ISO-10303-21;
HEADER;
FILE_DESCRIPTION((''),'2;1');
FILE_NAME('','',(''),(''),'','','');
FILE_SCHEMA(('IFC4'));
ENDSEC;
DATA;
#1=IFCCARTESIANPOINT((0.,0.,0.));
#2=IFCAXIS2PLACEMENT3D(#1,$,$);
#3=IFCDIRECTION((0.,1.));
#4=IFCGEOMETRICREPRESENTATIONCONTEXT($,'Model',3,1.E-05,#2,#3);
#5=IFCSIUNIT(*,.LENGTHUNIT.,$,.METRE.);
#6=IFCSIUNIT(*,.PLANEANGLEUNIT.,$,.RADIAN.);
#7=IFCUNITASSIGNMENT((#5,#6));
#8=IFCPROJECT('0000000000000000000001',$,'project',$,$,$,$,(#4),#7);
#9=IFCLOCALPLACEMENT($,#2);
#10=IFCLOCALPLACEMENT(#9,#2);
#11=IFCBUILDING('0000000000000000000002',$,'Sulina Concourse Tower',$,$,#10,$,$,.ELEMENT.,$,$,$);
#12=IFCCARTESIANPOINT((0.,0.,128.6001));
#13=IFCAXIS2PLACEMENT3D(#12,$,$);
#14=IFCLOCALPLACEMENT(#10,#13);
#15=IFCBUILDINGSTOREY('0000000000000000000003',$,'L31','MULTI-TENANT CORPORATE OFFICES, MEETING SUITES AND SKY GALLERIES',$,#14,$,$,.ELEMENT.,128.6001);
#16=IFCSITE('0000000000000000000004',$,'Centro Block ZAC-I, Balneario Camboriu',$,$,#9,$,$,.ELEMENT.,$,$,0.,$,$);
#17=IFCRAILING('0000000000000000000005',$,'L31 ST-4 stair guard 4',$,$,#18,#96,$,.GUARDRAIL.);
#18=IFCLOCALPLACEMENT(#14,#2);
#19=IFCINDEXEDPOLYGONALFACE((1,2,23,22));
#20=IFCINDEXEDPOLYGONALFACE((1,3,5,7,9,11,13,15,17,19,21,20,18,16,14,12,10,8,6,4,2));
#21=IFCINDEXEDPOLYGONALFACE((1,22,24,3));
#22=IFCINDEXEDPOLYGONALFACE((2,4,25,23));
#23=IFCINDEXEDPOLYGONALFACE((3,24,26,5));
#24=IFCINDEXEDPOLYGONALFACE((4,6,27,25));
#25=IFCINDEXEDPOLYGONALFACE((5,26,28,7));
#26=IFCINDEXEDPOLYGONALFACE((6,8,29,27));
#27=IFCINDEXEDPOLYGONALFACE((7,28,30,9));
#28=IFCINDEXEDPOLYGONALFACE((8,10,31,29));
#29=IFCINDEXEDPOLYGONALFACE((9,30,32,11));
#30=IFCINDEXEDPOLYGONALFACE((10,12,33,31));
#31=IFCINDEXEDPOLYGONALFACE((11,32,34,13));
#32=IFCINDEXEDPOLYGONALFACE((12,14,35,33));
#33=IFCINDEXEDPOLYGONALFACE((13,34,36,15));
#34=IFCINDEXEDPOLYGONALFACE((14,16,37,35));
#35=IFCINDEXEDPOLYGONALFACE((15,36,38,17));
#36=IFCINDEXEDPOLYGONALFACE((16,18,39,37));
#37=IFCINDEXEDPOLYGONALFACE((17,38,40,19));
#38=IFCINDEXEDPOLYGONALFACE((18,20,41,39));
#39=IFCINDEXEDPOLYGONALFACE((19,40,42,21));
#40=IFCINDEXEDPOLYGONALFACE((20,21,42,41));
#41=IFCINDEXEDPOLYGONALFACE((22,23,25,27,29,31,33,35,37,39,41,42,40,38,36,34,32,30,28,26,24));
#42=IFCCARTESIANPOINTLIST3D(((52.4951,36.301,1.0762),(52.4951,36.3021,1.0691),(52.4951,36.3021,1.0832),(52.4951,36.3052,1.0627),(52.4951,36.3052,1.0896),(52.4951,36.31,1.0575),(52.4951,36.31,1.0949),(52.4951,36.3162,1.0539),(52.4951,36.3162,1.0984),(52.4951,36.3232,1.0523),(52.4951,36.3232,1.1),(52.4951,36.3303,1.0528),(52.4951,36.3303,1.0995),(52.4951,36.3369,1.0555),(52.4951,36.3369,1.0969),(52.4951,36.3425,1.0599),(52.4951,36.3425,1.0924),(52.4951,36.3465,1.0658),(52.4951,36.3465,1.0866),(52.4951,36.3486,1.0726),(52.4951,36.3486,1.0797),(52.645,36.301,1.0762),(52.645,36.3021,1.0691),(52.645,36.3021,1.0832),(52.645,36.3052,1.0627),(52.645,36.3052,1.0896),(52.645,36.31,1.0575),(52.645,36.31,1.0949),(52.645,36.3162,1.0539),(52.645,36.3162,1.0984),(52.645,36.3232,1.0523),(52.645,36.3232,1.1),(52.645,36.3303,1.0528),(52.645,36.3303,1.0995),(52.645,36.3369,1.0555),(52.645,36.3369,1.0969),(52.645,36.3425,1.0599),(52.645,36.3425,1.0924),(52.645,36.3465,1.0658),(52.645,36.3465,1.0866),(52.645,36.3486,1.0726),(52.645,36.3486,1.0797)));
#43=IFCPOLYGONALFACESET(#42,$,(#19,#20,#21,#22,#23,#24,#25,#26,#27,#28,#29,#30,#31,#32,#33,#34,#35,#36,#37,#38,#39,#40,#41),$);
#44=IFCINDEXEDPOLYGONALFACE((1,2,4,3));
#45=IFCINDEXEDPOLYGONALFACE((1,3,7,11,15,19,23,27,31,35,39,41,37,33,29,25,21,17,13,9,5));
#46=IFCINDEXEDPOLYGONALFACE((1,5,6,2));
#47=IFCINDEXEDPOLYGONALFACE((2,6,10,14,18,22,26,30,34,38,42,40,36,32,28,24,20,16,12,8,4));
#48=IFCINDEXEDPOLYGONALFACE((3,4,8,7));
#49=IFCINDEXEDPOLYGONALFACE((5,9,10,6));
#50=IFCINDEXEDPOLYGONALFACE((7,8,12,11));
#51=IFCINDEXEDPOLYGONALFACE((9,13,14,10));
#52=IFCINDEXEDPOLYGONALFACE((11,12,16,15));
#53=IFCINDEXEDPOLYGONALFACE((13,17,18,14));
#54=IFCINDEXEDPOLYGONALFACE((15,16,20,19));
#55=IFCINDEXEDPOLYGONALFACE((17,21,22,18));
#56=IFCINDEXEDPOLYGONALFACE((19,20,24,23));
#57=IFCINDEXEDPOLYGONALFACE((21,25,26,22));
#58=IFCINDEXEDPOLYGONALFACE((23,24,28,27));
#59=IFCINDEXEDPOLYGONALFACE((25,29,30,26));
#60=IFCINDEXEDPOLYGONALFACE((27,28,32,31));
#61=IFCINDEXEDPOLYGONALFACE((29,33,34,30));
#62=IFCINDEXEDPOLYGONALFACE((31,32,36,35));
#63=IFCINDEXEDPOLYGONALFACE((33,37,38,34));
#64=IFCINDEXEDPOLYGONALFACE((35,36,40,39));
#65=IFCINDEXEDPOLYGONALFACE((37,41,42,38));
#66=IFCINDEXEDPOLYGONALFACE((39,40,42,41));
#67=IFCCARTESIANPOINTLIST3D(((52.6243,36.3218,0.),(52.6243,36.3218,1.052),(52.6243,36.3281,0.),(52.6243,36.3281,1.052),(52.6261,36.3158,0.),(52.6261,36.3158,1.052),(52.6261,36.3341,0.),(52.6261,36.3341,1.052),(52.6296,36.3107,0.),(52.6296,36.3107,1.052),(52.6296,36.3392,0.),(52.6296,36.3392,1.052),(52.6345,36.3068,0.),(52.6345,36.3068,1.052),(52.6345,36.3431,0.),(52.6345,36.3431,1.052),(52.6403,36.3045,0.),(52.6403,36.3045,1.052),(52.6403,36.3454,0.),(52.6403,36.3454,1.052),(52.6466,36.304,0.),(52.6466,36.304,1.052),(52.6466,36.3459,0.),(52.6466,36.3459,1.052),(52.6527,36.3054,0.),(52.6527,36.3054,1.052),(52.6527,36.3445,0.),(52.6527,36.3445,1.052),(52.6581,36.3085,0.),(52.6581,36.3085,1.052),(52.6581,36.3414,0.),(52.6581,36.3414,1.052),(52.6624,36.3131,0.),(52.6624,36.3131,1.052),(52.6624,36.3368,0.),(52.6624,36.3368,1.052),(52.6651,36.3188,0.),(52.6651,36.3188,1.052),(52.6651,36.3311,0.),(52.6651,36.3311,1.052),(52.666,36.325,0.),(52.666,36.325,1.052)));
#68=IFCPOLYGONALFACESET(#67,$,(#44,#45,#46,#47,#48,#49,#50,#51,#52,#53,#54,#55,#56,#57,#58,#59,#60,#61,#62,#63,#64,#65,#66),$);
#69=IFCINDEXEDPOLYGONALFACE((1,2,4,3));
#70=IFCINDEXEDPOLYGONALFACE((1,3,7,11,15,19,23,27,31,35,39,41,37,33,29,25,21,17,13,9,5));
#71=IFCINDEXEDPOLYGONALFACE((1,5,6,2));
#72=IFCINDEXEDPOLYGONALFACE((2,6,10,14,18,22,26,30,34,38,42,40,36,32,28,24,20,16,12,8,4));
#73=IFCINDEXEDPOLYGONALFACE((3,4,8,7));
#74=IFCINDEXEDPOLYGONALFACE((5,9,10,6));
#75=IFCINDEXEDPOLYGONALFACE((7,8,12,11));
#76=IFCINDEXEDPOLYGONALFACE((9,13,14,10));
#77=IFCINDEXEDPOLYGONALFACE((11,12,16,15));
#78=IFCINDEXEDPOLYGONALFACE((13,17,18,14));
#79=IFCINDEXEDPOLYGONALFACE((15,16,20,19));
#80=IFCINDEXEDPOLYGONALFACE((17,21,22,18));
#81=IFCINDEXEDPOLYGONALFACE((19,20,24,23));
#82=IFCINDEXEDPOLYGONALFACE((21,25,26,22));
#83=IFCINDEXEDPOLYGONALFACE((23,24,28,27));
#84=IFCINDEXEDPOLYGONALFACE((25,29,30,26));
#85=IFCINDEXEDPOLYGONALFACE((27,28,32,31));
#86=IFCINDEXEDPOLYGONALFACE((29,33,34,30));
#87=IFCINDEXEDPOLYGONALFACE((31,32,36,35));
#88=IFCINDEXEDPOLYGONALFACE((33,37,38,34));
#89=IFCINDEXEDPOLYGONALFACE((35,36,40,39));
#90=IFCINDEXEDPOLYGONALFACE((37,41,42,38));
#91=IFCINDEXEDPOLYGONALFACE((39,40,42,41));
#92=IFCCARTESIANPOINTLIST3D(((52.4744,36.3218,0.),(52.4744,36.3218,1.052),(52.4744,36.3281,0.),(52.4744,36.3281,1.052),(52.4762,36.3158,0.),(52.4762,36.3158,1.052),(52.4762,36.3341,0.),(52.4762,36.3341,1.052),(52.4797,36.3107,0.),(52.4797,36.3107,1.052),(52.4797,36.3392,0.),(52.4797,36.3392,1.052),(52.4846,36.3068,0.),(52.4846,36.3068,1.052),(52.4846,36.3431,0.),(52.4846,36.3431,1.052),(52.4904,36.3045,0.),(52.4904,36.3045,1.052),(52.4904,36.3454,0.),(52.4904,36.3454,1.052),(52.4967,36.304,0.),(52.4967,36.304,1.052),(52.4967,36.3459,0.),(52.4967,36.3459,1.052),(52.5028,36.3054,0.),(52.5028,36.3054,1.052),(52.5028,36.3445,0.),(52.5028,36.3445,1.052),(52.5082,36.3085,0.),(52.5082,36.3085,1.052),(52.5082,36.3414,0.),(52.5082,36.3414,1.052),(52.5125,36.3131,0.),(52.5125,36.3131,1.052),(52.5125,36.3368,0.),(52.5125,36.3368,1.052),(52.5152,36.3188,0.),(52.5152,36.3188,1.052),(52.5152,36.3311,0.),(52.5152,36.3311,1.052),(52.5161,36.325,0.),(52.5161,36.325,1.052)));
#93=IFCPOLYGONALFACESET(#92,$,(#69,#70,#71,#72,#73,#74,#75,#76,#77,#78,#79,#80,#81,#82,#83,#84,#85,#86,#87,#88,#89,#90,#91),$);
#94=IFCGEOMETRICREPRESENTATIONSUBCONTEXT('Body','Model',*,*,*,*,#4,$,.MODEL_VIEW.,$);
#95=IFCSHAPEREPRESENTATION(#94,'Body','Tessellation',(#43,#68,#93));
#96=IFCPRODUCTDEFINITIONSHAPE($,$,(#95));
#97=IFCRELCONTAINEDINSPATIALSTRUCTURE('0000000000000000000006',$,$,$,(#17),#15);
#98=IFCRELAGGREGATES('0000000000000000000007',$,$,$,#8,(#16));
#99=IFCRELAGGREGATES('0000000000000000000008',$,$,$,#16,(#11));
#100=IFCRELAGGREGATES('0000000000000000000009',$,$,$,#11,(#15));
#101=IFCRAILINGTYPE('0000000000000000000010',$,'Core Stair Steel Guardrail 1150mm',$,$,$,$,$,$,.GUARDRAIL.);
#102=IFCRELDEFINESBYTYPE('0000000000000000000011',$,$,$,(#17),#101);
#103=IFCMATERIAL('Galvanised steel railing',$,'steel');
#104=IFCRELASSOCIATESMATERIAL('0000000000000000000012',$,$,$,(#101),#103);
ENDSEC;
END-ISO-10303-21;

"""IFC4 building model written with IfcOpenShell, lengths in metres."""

from ifc_helpers import new_model, si_unit, direction, frame, origin, origin_2d, place, context, subcontext, project, spatial, circle, extrude, material, type_object, element, save


model = new_model("IFC4")

# Units and contexts
model_context = context("Model", 3, precision=1e-05, world=origin(), true_north=direction((0.0, 1.0)))
body_context = subcontext(model_context, "Body", "Model", "MODEL_VIEW")
ifc_project = project(units=[si_unit("LENGTHUNIT", "METRE"), si_unit("PLANEANGLEUNIT", "RADIAN")], contexts=[model_context])

# Site, building, storey
site_placement = place(None, origin())
site = spatial("IfcSite", under=ifc_project, at=site_placement, Name="Centro Block ZAC-I, Balneario Camboriu", CompositionType="ELEMENT", RefElevation=0.0)
building_placement = place(site_placement, origin())
building = spatial("IfcBuilding", under=site, at=building_placement, Name="Sulina Concourse Tower", CompositionType="ELEMENT")
storey_placement = place(building_placement, frame((0.0, 0.0, 128.6001)))
storey = spatial("IfcBuildingStorey", under=building, at=storey_placement, Name="L31", Description="MULTI-TENANT CORPORATE OFFICES, MEETING SUITES AND SKY GALLERIES", CompositionType="ELEMENT", Elevation=128.6001)

# Railing
ifc_material_1 = material(Name="Galvanised steel railing", Category="steel")
railing_type_1 = type_object("IfcRailingType", Name="Core Stair Steel Guardrail 1150mm", PredefinedType="GUARDRAIL", material=ifc_material_1)
railing_1_placement = place(storey_placement, frame((52.645, 36.325, 0.0)))
element("IfcRailing", 1, at=railing_1_placement, inside=storey, type_object=railing_type_1, Name="L31 ST-4 stair guard 4", PredefinedType="GUARDRAIL", context=body_context, shape_type="SweptSolid", body=[
    extrude(circle(Radius=0.0239, at=origin_2d()), frame((0.0, 0.0, 1.0762), z_axis=(-1.0, 0.0, 0.0), x_axis=(0.0, -1.0, 0.0)), (0.0, 0.0, 1.0), 0.1499),
    extrude(circle(Radius=0.021, at=origin_2d()), origin(), (0.0, 0.0, 1.0), 1.052),
    extrude(circle(Radius=0.021, at=origin_2d()), frame((-0.1499, 0.0, 0.0)), (0.0, 0.0, 1.0), 1.052),
])

save(model, "model.ifc")
